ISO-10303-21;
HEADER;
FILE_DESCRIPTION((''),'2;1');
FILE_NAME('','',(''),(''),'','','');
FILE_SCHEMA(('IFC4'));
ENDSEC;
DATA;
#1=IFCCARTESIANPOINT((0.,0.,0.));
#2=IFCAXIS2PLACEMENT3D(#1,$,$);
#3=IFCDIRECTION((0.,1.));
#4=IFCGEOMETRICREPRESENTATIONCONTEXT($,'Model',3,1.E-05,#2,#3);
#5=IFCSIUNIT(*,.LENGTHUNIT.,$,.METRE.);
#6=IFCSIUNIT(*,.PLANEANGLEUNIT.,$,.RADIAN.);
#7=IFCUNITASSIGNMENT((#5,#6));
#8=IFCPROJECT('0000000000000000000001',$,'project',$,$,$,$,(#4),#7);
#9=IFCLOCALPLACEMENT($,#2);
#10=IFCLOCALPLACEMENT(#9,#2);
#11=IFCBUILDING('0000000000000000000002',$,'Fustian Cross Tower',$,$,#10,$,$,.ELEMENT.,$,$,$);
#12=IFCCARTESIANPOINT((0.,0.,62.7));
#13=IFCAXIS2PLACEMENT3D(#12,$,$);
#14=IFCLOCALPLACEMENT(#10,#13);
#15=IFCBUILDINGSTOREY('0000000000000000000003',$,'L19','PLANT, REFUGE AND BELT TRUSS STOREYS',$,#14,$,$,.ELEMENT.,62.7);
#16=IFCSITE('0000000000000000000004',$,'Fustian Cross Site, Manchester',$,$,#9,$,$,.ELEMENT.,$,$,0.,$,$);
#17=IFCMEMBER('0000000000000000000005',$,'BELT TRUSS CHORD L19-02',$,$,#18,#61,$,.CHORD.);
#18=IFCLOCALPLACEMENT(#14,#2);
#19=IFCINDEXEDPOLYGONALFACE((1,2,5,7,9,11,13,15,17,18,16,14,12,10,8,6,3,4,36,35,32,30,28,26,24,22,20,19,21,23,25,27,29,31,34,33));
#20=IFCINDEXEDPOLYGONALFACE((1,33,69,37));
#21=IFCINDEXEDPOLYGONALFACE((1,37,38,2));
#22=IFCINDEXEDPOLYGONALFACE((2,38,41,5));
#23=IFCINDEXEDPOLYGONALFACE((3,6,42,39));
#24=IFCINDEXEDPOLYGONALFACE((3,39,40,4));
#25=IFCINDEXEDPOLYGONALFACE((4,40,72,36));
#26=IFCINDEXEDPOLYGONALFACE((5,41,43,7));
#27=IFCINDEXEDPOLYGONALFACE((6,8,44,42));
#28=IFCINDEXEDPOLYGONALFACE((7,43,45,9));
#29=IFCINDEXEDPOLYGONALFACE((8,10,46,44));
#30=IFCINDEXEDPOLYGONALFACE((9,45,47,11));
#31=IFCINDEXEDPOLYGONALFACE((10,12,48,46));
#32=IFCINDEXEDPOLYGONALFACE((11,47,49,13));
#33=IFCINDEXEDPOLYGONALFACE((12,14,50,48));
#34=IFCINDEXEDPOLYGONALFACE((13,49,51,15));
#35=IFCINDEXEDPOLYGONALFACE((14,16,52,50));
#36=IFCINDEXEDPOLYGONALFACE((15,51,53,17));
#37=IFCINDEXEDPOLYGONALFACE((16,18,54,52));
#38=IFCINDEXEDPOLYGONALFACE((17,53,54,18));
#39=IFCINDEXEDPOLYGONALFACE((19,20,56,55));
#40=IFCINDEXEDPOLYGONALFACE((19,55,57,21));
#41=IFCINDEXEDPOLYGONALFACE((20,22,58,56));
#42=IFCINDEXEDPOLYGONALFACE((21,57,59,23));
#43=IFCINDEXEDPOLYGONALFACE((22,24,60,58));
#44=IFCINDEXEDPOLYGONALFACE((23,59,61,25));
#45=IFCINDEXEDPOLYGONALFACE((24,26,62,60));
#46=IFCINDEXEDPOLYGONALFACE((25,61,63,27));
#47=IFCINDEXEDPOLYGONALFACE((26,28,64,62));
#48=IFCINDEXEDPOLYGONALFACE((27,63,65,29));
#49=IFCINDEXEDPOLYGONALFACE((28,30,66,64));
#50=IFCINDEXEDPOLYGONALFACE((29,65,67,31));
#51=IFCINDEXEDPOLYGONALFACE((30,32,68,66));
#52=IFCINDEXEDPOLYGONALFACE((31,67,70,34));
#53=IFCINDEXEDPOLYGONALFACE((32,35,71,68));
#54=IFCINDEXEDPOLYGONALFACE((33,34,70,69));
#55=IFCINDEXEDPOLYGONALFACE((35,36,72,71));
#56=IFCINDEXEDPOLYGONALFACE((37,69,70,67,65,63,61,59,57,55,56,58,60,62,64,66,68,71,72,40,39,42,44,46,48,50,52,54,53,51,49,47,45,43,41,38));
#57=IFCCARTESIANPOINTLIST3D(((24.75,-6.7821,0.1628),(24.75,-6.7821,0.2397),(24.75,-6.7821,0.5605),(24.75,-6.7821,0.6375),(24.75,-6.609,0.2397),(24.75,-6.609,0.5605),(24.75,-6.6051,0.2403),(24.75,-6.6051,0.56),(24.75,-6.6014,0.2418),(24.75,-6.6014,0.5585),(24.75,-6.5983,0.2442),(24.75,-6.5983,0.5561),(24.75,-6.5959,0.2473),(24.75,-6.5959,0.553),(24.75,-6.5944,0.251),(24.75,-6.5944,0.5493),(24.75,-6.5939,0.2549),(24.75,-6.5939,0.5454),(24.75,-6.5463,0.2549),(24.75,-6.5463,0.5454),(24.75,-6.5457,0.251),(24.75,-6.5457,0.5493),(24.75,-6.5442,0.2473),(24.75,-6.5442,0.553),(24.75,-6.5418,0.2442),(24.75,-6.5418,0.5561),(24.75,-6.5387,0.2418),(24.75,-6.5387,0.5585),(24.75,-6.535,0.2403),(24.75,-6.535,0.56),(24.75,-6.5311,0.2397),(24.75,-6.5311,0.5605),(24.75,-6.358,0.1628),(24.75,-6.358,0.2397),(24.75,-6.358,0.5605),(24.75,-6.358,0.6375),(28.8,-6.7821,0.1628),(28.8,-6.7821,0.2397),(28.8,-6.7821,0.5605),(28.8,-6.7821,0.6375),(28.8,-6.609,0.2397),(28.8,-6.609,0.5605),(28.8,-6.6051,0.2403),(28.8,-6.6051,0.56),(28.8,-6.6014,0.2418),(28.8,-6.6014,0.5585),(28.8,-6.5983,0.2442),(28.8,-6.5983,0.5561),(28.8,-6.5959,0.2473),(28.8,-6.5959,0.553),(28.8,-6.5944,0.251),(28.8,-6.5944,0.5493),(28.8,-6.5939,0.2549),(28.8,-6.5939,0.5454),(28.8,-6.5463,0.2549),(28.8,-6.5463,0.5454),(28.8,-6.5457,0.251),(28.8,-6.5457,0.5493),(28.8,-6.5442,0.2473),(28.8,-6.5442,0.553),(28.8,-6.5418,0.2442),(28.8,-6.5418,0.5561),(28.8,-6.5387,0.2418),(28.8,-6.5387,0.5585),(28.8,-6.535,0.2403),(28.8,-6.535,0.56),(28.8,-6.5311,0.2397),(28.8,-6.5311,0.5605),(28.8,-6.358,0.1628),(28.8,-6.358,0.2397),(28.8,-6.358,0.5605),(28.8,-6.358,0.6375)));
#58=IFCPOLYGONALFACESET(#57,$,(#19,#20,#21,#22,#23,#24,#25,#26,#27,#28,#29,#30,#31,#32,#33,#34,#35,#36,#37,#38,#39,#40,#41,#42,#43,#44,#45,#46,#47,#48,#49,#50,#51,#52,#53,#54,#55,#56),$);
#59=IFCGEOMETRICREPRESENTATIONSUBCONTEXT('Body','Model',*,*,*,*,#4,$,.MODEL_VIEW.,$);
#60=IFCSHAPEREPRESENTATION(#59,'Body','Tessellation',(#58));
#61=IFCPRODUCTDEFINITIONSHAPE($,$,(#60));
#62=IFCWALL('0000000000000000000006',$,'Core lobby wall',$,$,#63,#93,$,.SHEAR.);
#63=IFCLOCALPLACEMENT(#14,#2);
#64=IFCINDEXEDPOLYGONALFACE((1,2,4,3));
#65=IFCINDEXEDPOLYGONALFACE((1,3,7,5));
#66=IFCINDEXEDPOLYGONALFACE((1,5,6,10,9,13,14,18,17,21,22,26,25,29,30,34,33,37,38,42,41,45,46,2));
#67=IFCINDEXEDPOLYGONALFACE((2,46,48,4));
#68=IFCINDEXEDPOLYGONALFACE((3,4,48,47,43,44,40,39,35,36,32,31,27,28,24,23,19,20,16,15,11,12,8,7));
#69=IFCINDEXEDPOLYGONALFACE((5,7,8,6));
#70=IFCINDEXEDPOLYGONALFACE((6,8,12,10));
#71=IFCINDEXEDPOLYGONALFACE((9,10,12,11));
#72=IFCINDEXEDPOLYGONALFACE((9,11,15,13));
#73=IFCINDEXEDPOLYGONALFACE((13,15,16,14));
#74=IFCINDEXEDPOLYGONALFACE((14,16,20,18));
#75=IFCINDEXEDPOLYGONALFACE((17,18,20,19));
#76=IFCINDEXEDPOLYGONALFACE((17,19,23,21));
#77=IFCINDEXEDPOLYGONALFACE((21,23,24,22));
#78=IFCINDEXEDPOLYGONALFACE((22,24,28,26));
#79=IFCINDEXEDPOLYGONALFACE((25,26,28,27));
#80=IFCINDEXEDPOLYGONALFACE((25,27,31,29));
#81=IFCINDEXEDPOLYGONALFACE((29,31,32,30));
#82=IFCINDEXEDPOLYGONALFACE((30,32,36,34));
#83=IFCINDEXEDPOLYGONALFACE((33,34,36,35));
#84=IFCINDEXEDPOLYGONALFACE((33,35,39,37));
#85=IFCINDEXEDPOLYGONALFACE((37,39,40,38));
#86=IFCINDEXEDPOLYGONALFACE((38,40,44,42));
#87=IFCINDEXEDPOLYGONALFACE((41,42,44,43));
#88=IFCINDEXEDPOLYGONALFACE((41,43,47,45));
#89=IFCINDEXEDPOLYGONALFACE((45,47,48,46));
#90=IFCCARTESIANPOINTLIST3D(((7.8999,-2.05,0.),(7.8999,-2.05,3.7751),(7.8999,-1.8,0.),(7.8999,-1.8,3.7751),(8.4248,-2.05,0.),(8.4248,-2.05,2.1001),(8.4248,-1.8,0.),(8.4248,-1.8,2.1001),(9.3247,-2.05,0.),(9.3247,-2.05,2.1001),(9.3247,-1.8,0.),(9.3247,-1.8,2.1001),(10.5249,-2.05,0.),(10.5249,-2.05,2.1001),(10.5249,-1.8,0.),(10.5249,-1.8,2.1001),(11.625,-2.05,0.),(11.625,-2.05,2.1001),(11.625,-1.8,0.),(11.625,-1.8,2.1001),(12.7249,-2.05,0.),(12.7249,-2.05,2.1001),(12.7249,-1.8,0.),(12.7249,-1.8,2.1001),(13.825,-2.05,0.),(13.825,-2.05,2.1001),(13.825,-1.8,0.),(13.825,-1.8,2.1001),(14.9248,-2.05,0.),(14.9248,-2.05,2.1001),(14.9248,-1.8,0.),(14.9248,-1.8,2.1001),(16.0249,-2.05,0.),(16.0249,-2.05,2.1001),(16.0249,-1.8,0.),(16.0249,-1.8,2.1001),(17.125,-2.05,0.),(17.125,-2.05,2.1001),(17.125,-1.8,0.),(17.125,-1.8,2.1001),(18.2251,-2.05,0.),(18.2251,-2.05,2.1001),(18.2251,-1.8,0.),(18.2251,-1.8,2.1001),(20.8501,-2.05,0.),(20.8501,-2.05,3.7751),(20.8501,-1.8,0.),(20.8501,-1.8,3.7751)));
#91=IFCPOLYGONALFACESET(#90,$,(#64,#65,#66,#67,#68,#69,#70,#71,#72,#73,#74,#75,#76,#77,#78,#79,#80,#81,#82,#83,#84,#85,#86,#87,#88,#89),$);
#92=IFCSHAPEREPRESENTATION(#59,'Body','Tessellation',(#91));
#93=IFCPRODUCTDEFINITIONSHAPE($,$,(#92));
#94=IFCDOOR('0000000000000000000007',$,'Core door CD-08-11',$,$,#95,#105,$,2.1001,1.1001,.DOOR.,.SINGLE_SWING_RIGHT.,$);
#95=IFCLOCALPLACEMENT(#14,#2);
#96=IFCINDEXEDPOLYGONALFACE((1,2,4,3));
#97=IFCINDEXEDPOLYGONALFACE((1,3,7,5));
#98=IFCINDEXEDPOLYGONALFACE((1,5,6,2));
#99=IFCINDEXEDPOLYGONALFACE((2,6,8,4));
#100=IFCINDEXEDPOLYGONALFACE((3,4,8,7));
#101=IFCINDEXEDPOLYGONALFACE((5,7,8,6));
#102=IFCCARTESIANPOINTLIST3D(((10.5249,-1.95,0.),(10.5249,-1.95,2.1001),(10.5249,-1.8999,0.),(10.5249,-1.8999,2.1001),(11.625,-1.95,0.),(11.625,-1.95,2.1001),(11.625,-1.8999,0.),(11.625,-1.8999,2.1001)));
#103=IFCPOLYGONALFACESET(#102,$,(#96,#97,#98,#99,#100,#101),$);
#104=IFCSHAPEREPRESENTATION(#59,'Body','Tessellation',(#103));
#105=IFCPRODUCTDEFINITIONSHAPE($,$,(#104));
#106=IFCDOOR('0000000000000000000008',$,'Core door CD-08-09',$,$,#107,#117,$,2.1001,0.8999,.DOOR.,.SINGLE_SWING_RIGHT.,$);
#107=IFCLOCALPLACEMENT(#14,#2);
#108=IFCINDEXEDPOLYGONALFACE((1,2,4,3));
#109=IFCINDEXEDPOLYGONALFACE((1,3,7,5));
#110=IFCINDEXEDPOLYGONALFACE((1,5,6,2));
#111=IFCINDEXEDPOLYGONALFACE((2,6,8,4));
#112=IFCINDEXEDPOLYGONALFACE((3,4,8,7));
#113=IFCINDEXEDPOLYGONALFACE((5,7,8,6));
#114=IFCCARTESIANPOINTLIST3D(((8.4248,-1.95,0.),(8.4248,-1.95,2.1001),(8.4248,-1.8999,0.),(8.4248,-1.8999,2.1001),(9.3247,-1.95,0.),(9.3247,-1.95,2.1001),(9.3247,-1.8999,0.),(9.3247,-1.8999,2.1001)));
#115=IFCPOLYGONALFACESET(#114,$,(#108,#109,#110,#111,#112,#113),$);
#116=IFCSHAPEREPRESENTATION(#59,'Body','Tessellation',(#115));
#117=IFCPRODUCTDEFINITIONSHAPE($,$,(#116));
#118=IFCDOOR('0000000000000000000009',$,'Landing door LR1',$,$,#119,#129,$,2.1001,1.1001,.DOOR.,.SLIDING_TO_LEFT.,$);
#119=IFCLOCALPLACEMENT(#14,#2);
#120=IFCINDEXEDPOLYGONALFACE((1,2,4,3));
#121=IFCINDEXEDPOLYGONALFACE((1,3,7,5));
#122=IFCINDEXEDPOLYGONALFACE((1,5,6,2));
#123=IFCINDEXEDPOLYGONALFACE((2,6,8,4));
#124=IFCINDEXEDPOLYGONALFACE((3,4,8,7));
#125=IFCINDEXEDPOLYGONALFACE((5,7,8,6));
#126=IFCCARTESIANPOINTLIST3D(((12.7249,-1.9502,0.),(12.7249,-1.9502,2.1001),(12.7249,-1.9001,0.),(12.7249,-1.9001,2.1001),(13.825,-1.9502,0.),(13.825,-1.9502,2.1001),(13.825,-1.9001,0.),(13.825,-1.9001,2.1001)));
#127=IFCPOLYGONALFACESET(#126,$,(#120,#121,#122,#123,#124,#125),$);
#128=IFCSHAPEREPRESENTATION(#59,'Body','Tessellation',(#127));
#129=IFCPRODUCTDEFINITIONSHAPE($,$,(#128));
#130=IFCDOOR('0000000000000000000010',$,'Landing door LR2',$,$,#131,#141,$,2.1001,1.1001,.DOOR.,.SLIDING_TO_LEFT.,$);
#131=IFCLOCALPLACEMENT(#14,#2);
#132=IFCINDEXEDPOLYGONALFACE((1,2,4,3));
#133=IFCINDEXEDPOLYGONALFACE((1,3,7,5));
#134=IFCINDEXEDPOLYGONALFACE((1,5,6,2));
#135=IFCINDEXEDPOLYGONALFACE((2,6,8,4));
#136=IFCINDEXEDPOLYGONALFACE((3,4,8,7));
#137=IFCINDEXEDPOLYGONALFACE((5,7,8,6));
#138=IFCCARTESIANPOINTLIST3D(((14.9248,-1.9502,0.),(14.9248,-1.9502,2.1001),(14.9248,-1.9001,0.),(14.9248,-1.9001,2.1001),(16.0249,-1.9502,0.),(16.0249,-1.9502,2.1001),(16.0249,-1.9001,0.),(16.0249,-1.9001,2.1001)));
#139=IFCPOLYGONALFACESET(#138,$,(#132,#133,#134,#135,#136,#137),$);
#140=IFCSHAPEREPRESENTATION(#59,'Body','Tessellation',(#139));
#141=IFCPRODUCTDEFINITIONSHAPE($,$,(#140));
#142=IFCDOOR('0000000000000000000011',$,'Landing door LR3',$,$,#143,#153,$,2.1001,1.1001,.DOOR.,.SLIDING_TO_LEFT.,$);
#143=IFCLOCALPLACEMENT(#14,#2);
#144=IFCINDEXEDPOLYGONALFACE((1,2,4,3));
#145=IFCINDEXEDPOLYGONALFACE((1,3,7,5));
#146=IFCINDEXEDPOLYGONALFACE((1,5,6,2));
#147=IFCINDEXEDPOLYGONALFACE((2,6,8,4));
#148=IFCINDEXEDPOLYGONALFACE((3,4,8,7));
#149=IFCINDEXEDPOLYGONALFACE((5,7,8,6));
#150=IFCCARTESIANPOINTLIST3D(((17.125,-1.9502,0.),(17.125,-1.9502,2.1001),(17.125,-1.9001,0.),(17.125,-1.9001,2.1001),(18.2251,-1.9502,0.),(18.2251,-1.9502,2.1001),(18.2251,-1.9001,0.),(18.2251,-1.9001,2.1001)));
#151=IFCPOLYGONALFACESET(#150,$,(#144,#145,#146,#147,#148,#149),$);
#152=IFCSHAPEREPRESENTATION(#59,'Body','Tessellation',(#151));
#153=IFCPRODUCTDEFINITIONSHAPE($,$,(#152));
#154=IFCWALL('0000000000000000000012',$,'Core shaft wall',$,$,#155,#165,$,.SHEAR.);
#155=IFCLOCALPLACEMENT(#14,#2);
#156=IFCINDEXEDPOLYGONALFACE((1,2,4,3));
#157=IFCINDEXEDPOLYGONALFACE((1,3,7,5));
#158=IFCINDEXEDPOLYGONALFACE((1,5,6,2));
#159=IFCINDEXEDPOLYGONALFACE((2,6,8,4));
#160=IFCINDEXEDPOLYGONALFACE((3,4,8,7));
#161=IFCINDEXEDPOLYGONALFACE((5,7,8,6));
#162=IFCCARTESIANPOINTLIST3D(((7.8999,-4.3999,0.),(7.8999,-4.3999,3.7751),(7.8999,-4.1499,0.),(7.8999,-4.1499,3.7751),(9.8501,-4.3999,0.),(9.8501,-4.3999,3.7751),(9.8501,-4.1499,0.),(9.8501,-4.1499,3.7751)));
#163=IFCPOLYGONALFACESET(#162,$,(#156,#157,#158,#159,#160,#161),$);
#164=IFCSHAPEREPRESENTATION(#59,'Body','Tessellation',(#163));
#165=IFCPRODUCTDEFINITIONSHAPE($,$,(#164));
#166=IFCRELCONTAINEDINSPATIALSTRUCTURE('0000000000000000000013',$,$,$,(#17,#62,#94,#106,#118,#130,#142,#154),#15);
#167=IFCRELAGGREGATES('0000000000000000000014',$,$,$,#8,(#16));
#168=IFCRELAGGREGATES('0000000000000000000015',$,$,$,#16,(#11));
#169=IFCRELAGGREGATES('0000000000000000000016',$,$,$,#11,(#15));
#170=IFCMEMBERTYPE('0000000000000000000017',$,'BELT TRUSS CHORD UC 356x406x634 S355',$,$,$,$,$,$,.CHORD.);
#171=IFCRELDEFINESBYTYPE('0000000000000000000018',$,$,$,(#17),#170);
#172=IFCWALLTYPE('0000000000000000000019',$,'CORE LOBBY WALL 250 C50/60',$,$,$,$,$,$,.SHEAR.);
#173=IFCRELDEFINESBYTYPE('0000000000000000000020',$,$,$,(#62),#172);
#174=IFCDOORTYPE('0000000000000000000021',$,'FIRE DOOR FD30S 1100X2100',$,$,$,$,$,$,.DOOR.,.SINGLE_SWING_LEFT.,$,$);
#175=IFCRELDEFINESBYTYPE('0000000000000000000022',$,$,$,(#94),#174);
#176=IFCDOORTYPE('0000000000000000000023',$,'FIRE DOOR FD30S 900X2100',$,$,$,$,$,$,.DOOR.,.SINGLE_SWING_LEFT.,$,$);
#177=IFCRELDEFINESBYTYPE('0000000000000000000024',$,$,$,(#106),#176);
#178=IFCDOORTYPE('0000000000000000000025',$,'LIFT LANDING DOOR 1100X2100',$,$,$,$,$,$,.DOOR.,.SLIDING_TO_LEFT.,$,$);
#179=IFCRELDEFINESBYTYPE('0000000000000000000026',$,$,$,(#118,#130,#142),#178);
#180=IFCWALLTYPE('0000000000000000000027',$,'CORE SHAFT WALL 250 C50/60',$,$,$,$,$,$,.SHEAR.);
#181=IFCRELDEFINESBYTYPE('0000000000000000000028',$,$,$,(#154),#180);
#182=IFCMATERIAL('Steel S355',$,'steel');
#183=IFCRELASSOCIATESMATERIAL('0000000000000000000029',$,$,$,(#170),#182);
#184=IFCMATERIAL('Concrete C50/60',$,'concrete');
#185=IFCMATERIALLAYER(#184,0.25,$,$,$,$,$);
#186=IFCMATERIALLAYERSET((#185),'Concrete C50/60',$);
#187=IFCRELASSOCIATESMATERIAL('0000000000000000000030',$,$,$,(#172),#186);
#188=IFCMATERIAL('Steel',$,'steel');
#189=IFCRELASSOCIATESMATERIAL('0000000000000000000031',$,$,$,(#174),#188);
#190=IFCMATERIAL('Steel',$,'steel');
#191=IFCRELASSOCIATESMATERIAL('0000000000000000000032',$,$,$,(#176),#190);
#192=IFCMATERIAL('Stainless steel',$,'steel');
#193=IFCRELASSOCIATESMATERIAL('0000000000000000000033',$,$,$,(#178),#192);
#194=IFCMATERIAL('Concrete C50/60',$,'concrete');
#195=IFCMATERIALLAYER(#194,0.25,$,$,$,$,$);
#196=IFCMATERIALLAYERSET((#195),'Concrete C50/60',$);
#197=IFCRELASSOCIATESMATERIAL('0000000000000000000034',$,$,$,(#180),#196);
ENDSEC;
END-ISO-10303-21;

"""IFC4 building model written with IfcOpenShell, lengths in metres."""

from ifc_helpers import new_model, si_unit, direction, frame, frame_2d, origin, origin_2d, place, context, subcontext, project, spatial, rectangle, i_section, extrude, material, layer, layer_set, material_profile, profile_set, type_object, element, fill, save


model = new_model("IFC4")

# Units and contexts
model_context = context("Model", 3, precision=1e-05, world=origin(), true_north=direction((0.0, 1.0)))
body_context = subcontext(model_context, "Body", "Model", "MODEL_VIEW")
ifc_project = project(units=[si_unit("LENGTHUNIT", "METRE"), si_unit("PLANEANGLEUNIT", "RADIAN")], contexts=[model_context])

# Site, building, storey
site_placement = place(None, origin())
site = spatial("IfcSite", under=ifc_project, at=site_placement, Name="Fustian Cross Site, Manchester", CompositionType="ELEMENT", RefElevation=0.0)
building_placement = place(site_placement, origin())
building = spatial("IfcBuilding", under=site, at=building_placement, Name="Fustian Cross Tower", CompositionType="ELEMENT")
storey_placement = place(building_placement, frame((0.0, 0.0, 62.7)))
storey = spatial("IfcBuildingStorey", under=building, at=storey_placement, Name="L19", Description="PLANT, REFUGE AND BELT TRUSS STOREYS", CompositionType="ELEMENT", Elevation=62.7)

# Member
ifc_material_1 = material(Name="Steel S355", Category="steel")
ifc_material_profile_1 = material_profile(ifc_material_1, i_section(OverallWidth=0.4241, OverallDepth=0.4746, WebThickness=0.0476, FlangeThickness=0.0769, FilletRadius=0.0151, at=origin_2d()), Name="UC 356x406x634")
ifc_profile_set_1 = profile_set([ifc_material_profile_1], Name="Steel S355")
member_type_1 = type_object("IfcMemberType", Name="BELT TRUSS CHORD UC 356x406x634 S355", PredefinedType="CHORD", material=ifc_profile_set_1)
for number, where, z_axis, x_axis, name in (
    (1, (24.75, -6.5701, 0.4001), (1.0, 0.0, 0.0), (0.0, 1.0, 0.0), "BELT TRUSS CHORD L19-02"),
):
    element("IfcMember", number, at=place(storey_placement, frame(where, z_axis=z_axis, x_axis=x_axis)), inside=storey, type_object=member_type_1, Name=name, PredefinedType="CHORD", context=body_context, shape_type="SweptSolid", body=[
        extrude(i_section(OverallWidth=0.4241, OverallDepth=0.4746, WebThickness=0.0476, FlangeThickness=0.0769, FilletRadius=0.0151, at=origin_2d()), origin(), (0.0, 0.0, 1.0), 4.05),
    ])

# Wall, openings, doors
ifc_material_2 = material(Name="Concrete C50/60", Category="concrete")
ifc_layer_1 = layer(ifc_material_2, 0.25)
ifc_layer_set_1 = layer_set([ifc_layer_1], Name="Concrete C50/60")
wall_type_1 = type_object("IfcWallType", Name="CORE LOBBY WALL 250 C50/60", PredefinedType="SHEAR", material=ifc_layer_set_1)
wall_1_placement = place(storey_placement, frame((7.8999, -1.925, 0.0), z_axis=(0.0, 0.0, 1.0), x_axis=(1.0, 0.0, 0.0)))
wall_1 = element("IfcWall", 2, at=wall_1_placement, inside=storey, type_object=wall_type_1, Name="Core lobby wall", PredefinedType="SHEAR", context=body_context, shape_type="SweptSolid", body=[
    extrude(rectangle(XDim=12.9502, YDim=0.25, at=frame_2d((6.4751, 0.0))), origin(), (0.0, 0.0, 1.0), 3.7751),
])
opening_1_placement = place(wall_1_placement, frame((4.825, 0.0, 0.0)))
opening_1 = element("IfcOpeningElement", 3, at=opening_1_placement, cuts=wall_1, PredefinedType="OPENING", context=body_context, shape_type="SweptSolid", body=[
    extrude(rectangle(XDim=1.1001, YDim=2.1001, at=frame_2d((0.55, 1.05))), frame((0.0, 0.135, 0.0), z_axis=(0.0, -1.0, 0.0), x_axis=(1.0, 0.0, 0.0)), (0.0, 0.0, 1.0), 0.27),
])
opening_2_placement = place(wall_1_placement, frame((7.0249, 0.0, 0.0)))
opening_2 = element("IfcOpeningElement", 4, at=opening_2_placement, cuts=wall_1, PredefinedType="OPENING", context=body_context, shape_type="SweptSolid", body=[
    extrude(rectangle(XDim=1.1001, YDim=2.1001, at=frame_2d((0.55, 1.05))), frame((0.0, 0.135, 0.0), z_axis=(0.0, -1.0, 0.0), x_axis=(1.0, 0.0, 0.0)), (0.0, 0.0, 1.0), 0.27),
])
opening_3_placement = place(wall_1_placement, frame((9.2251, 0.0, 0.0)))
opening_3 = element("IfcOpeningElement", 5, at=opening_3_placement, cuts=wall_1, PredefinedType="OPENING", context=body_context, shape_type="SweptSolid", body=[
    extrude(rectangle(XDim=1.1001, YDim=2.1001, at=frame_2d((0.55, 1.05))), frame((0.0, 0.135, 0.0), z_axis=(0.0, -1.0, 0.0), x_axis=(1.0, 0.0, 0.0)), (0.0, 0.0, 1.0), 0.27),
])
opening_4_placement = place(wall_1_placement, frame((0.5249, 0.0, 0.0)))
opening_4 = element("IfcOpeningElement", 6, at=opening_4_placement, cuts=wall_1, PredefinedType="OPENING", context=body_context, shape_type="SweptSolid", body=[
    extrude(rectangle(XDim=0.8999, YDim=2.1001, at=frame_2d((0.45, 1.05))), frame((0.0, 0.135, 0.0), z_axis=(0.0, -1.0, 0.0), x_axis=(1.0, 0.0, 0.0)), (0.0, 0.0, 1.0), 0.27),
])
opening_5_placement = place(wall_1_placement, frame((2.625, 0.0, 0.0)))
opening_5 = element("IfcOpeningElement", 7, at=opening_5_placement, cuts=wall_1, PredefinedType="OPENING", context=body_context, shape_type="SweptSolid", body=[
    extrude(rectangle(XDim=1.1001, YDim=2.1001, at=frame_2d((0.55, 1.05))), frame((0.0, 0.135, 0.0), z_axis=(0.0, -1.0, 0.0), x_axis=(1.0, 0.0, 0.0)), (0.0, 0.0, 1.0), 0.27),
])
ifc_material_3 = material(Name="Steel", Category="steel")
door_type_1 = type_object("IfcDoorType", Name="FIRE DOOR FD30S 1100X2100", OperationType="SINGLE_SWING_LEFT", PredefinedType="DOOR", material=ifc_material_3)
door_1_placement = place(opening_5_placement, frame((1.1001, 0.0, 0.0), z_axis=(0.0, 0.0, 1.0), x_axis=(-1.0, 0.0, 0.0)))
door_1 = element("IfcDoor", 8, at=door_1_placement, inside=storey, type_object=door_type_1, Name="Core door CD-08-11", OperationType="SINGLE_SWING_RIGHT", OverallHeight=2.1001, OverallWidth=1.1001, PredefinedType="DOOR", context=body_context, shape_type="SweptSolid", body=[
    extrude(rectangle(XDim=1.1001, YDim=2.1001, at=frame_2d((0.55, 1.05))), frame((0.0, 0.0249, 0.0), z_axis=(0.0, -1.0, 0.0), x_axis=(1.0, 0.0, 0.0)), (0.0, 0.0, 1.0), 0.05),
])
fill(opening_5, door_1)
ifc_material_4 = material(Name="Steel", Category="steel")
door_type_2 = type_object("IfcDoorType", Name="FIRE DOOR FD30S 900X2100", OperationType="SINGLE_SWING_LEFT", PredefinedType="DOOR", material=ifc_material_4)
door_2_placement = place(opening_4_placement, frame((0.8999, 0.0, 0.0), z_axis=(0.0, 0.0, 1.0), x_axis=(-1.0, 0.0, 0.0)))
door_2 = element("IfcDoor", 9, at=door_2_placement, inside=storey, type_object=door_type_2, Name="Core door CD-08-09", OperationType="SINGLE_SWING_RIGHT", OverallHeight=2.1001, OverallWidth=0.8999, PredefinedType="DOOR", context=body_context, shape_type="SweptSolid", body=[
    extrude(rectangle(XDim=0.8999, YDim=2.1001, at=frame_2d((0.45, 1.05))), frame((0.0, 0.0249, 0.0), z_axis=(0.0, -1.0, 0.0), x_axis=(1.0, 0.0, 0.0)), (0.0, 0.0, 1.0), 0.05),
])
fill(opening_4, door_2)
ifc_material_5 = material(Name="Stainless steel", Category="steel")
door_type_3 = type_object("IfcDoorType", Name="LIFT LANDING DOOR 1100X2100", OperationType="SLIDING_TO_LEFT", PredefinedType="DOOR", material=ifc_material_5)
door_3_placement = place(opening_1_placement, origin())
door_3 = element("IfcDoor", 10, at=door_3_placement, inside=storey, type_object=door_type_3, Name="Landing door LR1", OperationType="SLIDING_TO_LEFT", OverallHeight=2.1001, OverallWidth=1.1001, PredefinedType="DOOR", context=body_context, shape_type="SweptSolid", body=[
    extrude(rectangle(XDim=1.1001, YDim=2.1001, at=frame_2d((0.55, 1.05))), frame((0.0, 0.0249, 0.0), z_axis=(0.0, -1.0, 0.0), x_axis=(1.0, 0.0, 0.0)), (0.0, 0.0, 1.0), 0.05),
])
fill(opening_1, door_3)
door_4_placement = place(opening_2_placement, origin())
door_4 = element("IfcDoor", 11, at=door_4_placement, inside=storey, type_object=door_type_3, Name="Landing door LR2", OperationType="SLIDING_TO_LEFT", OverallHeight=2.1001, OverallWidth=1.1001, PredefinedType="DOOR", context=body_context, shape_type="SweptSolid", body=[
    extrude(rectangle(XDim=1.1001, YDim=2.1001, at=frame_2d((0.55, 1.05))), frame((0.0, 0.0249, 0.0), z_axis=(0.0, -1.0, 0.0), x_axis=(1.0, 0.0, 0.0)), (0.0, 0.0, 1.0), 0.05),
])
fill(opening_2, door_4)
door_5_placement = place(opening_3_placement, origin())
door_5 = element("IfcDoor", 12, at=door_5_placement, inside=storey, type_object=door_type_3, Name="Landing door LR3", OperationType="SLIDING_TO_LEFT", OverallHeight=2.1001, OverallWidth=1.1001, PredefinedType="DOOR", context=body_context, shape_type="SweptSolid", body=[
    extrude(rectangle(XDim=1.1001, YDim=2.1001, at=frame_2d((0.55, 1.05))), frame((0.0, 0.0249, 0.0), z_axis=(0.0, -1.0, 0.0), x_axis=(1.0, 0.0, 0.0)), (0.0, 0.0, 1.0), 0.05),
])
fill(opening_3, door_5)

# Wall
ifc_material_6 = material(Name="Concrete C50/60", Category="concrete")
ifc_layer_2 = layer(ifc_material_6, 0.25)
ifc_layer_set_2 = layer_set([ifc_layer_2], Name="Concrete C50/60")
wall_type_2 = type_object("IfcWallType", Name="CORE SHAFT WALL 250 C50/60", PredefinedType="SHEAR", material=ifc_layer_set_2)
wall_2_placement = place(storey_placement, frame((7.8999, -4.2749, 0.0), z_axis=(0.0, 0.0, 1.0), x_axis=(1.0, 0.0, 0.0)))
element("IfcWall", 13, at=wall_2_placement, inside=storey, type_object=wall_type_2, Name="Core shaft wall", PredefinedType="SHEAR", context=body_context, shape_type="SweptSolid", body=[
    extrude(rectangle(XDim=1.9502, YDim=0.25, at=frame_2d((0.9751, 0.0))), origin(), (0.0, 0.0, 1.0), 3.7751),
])

save(model, "model.ifc")
